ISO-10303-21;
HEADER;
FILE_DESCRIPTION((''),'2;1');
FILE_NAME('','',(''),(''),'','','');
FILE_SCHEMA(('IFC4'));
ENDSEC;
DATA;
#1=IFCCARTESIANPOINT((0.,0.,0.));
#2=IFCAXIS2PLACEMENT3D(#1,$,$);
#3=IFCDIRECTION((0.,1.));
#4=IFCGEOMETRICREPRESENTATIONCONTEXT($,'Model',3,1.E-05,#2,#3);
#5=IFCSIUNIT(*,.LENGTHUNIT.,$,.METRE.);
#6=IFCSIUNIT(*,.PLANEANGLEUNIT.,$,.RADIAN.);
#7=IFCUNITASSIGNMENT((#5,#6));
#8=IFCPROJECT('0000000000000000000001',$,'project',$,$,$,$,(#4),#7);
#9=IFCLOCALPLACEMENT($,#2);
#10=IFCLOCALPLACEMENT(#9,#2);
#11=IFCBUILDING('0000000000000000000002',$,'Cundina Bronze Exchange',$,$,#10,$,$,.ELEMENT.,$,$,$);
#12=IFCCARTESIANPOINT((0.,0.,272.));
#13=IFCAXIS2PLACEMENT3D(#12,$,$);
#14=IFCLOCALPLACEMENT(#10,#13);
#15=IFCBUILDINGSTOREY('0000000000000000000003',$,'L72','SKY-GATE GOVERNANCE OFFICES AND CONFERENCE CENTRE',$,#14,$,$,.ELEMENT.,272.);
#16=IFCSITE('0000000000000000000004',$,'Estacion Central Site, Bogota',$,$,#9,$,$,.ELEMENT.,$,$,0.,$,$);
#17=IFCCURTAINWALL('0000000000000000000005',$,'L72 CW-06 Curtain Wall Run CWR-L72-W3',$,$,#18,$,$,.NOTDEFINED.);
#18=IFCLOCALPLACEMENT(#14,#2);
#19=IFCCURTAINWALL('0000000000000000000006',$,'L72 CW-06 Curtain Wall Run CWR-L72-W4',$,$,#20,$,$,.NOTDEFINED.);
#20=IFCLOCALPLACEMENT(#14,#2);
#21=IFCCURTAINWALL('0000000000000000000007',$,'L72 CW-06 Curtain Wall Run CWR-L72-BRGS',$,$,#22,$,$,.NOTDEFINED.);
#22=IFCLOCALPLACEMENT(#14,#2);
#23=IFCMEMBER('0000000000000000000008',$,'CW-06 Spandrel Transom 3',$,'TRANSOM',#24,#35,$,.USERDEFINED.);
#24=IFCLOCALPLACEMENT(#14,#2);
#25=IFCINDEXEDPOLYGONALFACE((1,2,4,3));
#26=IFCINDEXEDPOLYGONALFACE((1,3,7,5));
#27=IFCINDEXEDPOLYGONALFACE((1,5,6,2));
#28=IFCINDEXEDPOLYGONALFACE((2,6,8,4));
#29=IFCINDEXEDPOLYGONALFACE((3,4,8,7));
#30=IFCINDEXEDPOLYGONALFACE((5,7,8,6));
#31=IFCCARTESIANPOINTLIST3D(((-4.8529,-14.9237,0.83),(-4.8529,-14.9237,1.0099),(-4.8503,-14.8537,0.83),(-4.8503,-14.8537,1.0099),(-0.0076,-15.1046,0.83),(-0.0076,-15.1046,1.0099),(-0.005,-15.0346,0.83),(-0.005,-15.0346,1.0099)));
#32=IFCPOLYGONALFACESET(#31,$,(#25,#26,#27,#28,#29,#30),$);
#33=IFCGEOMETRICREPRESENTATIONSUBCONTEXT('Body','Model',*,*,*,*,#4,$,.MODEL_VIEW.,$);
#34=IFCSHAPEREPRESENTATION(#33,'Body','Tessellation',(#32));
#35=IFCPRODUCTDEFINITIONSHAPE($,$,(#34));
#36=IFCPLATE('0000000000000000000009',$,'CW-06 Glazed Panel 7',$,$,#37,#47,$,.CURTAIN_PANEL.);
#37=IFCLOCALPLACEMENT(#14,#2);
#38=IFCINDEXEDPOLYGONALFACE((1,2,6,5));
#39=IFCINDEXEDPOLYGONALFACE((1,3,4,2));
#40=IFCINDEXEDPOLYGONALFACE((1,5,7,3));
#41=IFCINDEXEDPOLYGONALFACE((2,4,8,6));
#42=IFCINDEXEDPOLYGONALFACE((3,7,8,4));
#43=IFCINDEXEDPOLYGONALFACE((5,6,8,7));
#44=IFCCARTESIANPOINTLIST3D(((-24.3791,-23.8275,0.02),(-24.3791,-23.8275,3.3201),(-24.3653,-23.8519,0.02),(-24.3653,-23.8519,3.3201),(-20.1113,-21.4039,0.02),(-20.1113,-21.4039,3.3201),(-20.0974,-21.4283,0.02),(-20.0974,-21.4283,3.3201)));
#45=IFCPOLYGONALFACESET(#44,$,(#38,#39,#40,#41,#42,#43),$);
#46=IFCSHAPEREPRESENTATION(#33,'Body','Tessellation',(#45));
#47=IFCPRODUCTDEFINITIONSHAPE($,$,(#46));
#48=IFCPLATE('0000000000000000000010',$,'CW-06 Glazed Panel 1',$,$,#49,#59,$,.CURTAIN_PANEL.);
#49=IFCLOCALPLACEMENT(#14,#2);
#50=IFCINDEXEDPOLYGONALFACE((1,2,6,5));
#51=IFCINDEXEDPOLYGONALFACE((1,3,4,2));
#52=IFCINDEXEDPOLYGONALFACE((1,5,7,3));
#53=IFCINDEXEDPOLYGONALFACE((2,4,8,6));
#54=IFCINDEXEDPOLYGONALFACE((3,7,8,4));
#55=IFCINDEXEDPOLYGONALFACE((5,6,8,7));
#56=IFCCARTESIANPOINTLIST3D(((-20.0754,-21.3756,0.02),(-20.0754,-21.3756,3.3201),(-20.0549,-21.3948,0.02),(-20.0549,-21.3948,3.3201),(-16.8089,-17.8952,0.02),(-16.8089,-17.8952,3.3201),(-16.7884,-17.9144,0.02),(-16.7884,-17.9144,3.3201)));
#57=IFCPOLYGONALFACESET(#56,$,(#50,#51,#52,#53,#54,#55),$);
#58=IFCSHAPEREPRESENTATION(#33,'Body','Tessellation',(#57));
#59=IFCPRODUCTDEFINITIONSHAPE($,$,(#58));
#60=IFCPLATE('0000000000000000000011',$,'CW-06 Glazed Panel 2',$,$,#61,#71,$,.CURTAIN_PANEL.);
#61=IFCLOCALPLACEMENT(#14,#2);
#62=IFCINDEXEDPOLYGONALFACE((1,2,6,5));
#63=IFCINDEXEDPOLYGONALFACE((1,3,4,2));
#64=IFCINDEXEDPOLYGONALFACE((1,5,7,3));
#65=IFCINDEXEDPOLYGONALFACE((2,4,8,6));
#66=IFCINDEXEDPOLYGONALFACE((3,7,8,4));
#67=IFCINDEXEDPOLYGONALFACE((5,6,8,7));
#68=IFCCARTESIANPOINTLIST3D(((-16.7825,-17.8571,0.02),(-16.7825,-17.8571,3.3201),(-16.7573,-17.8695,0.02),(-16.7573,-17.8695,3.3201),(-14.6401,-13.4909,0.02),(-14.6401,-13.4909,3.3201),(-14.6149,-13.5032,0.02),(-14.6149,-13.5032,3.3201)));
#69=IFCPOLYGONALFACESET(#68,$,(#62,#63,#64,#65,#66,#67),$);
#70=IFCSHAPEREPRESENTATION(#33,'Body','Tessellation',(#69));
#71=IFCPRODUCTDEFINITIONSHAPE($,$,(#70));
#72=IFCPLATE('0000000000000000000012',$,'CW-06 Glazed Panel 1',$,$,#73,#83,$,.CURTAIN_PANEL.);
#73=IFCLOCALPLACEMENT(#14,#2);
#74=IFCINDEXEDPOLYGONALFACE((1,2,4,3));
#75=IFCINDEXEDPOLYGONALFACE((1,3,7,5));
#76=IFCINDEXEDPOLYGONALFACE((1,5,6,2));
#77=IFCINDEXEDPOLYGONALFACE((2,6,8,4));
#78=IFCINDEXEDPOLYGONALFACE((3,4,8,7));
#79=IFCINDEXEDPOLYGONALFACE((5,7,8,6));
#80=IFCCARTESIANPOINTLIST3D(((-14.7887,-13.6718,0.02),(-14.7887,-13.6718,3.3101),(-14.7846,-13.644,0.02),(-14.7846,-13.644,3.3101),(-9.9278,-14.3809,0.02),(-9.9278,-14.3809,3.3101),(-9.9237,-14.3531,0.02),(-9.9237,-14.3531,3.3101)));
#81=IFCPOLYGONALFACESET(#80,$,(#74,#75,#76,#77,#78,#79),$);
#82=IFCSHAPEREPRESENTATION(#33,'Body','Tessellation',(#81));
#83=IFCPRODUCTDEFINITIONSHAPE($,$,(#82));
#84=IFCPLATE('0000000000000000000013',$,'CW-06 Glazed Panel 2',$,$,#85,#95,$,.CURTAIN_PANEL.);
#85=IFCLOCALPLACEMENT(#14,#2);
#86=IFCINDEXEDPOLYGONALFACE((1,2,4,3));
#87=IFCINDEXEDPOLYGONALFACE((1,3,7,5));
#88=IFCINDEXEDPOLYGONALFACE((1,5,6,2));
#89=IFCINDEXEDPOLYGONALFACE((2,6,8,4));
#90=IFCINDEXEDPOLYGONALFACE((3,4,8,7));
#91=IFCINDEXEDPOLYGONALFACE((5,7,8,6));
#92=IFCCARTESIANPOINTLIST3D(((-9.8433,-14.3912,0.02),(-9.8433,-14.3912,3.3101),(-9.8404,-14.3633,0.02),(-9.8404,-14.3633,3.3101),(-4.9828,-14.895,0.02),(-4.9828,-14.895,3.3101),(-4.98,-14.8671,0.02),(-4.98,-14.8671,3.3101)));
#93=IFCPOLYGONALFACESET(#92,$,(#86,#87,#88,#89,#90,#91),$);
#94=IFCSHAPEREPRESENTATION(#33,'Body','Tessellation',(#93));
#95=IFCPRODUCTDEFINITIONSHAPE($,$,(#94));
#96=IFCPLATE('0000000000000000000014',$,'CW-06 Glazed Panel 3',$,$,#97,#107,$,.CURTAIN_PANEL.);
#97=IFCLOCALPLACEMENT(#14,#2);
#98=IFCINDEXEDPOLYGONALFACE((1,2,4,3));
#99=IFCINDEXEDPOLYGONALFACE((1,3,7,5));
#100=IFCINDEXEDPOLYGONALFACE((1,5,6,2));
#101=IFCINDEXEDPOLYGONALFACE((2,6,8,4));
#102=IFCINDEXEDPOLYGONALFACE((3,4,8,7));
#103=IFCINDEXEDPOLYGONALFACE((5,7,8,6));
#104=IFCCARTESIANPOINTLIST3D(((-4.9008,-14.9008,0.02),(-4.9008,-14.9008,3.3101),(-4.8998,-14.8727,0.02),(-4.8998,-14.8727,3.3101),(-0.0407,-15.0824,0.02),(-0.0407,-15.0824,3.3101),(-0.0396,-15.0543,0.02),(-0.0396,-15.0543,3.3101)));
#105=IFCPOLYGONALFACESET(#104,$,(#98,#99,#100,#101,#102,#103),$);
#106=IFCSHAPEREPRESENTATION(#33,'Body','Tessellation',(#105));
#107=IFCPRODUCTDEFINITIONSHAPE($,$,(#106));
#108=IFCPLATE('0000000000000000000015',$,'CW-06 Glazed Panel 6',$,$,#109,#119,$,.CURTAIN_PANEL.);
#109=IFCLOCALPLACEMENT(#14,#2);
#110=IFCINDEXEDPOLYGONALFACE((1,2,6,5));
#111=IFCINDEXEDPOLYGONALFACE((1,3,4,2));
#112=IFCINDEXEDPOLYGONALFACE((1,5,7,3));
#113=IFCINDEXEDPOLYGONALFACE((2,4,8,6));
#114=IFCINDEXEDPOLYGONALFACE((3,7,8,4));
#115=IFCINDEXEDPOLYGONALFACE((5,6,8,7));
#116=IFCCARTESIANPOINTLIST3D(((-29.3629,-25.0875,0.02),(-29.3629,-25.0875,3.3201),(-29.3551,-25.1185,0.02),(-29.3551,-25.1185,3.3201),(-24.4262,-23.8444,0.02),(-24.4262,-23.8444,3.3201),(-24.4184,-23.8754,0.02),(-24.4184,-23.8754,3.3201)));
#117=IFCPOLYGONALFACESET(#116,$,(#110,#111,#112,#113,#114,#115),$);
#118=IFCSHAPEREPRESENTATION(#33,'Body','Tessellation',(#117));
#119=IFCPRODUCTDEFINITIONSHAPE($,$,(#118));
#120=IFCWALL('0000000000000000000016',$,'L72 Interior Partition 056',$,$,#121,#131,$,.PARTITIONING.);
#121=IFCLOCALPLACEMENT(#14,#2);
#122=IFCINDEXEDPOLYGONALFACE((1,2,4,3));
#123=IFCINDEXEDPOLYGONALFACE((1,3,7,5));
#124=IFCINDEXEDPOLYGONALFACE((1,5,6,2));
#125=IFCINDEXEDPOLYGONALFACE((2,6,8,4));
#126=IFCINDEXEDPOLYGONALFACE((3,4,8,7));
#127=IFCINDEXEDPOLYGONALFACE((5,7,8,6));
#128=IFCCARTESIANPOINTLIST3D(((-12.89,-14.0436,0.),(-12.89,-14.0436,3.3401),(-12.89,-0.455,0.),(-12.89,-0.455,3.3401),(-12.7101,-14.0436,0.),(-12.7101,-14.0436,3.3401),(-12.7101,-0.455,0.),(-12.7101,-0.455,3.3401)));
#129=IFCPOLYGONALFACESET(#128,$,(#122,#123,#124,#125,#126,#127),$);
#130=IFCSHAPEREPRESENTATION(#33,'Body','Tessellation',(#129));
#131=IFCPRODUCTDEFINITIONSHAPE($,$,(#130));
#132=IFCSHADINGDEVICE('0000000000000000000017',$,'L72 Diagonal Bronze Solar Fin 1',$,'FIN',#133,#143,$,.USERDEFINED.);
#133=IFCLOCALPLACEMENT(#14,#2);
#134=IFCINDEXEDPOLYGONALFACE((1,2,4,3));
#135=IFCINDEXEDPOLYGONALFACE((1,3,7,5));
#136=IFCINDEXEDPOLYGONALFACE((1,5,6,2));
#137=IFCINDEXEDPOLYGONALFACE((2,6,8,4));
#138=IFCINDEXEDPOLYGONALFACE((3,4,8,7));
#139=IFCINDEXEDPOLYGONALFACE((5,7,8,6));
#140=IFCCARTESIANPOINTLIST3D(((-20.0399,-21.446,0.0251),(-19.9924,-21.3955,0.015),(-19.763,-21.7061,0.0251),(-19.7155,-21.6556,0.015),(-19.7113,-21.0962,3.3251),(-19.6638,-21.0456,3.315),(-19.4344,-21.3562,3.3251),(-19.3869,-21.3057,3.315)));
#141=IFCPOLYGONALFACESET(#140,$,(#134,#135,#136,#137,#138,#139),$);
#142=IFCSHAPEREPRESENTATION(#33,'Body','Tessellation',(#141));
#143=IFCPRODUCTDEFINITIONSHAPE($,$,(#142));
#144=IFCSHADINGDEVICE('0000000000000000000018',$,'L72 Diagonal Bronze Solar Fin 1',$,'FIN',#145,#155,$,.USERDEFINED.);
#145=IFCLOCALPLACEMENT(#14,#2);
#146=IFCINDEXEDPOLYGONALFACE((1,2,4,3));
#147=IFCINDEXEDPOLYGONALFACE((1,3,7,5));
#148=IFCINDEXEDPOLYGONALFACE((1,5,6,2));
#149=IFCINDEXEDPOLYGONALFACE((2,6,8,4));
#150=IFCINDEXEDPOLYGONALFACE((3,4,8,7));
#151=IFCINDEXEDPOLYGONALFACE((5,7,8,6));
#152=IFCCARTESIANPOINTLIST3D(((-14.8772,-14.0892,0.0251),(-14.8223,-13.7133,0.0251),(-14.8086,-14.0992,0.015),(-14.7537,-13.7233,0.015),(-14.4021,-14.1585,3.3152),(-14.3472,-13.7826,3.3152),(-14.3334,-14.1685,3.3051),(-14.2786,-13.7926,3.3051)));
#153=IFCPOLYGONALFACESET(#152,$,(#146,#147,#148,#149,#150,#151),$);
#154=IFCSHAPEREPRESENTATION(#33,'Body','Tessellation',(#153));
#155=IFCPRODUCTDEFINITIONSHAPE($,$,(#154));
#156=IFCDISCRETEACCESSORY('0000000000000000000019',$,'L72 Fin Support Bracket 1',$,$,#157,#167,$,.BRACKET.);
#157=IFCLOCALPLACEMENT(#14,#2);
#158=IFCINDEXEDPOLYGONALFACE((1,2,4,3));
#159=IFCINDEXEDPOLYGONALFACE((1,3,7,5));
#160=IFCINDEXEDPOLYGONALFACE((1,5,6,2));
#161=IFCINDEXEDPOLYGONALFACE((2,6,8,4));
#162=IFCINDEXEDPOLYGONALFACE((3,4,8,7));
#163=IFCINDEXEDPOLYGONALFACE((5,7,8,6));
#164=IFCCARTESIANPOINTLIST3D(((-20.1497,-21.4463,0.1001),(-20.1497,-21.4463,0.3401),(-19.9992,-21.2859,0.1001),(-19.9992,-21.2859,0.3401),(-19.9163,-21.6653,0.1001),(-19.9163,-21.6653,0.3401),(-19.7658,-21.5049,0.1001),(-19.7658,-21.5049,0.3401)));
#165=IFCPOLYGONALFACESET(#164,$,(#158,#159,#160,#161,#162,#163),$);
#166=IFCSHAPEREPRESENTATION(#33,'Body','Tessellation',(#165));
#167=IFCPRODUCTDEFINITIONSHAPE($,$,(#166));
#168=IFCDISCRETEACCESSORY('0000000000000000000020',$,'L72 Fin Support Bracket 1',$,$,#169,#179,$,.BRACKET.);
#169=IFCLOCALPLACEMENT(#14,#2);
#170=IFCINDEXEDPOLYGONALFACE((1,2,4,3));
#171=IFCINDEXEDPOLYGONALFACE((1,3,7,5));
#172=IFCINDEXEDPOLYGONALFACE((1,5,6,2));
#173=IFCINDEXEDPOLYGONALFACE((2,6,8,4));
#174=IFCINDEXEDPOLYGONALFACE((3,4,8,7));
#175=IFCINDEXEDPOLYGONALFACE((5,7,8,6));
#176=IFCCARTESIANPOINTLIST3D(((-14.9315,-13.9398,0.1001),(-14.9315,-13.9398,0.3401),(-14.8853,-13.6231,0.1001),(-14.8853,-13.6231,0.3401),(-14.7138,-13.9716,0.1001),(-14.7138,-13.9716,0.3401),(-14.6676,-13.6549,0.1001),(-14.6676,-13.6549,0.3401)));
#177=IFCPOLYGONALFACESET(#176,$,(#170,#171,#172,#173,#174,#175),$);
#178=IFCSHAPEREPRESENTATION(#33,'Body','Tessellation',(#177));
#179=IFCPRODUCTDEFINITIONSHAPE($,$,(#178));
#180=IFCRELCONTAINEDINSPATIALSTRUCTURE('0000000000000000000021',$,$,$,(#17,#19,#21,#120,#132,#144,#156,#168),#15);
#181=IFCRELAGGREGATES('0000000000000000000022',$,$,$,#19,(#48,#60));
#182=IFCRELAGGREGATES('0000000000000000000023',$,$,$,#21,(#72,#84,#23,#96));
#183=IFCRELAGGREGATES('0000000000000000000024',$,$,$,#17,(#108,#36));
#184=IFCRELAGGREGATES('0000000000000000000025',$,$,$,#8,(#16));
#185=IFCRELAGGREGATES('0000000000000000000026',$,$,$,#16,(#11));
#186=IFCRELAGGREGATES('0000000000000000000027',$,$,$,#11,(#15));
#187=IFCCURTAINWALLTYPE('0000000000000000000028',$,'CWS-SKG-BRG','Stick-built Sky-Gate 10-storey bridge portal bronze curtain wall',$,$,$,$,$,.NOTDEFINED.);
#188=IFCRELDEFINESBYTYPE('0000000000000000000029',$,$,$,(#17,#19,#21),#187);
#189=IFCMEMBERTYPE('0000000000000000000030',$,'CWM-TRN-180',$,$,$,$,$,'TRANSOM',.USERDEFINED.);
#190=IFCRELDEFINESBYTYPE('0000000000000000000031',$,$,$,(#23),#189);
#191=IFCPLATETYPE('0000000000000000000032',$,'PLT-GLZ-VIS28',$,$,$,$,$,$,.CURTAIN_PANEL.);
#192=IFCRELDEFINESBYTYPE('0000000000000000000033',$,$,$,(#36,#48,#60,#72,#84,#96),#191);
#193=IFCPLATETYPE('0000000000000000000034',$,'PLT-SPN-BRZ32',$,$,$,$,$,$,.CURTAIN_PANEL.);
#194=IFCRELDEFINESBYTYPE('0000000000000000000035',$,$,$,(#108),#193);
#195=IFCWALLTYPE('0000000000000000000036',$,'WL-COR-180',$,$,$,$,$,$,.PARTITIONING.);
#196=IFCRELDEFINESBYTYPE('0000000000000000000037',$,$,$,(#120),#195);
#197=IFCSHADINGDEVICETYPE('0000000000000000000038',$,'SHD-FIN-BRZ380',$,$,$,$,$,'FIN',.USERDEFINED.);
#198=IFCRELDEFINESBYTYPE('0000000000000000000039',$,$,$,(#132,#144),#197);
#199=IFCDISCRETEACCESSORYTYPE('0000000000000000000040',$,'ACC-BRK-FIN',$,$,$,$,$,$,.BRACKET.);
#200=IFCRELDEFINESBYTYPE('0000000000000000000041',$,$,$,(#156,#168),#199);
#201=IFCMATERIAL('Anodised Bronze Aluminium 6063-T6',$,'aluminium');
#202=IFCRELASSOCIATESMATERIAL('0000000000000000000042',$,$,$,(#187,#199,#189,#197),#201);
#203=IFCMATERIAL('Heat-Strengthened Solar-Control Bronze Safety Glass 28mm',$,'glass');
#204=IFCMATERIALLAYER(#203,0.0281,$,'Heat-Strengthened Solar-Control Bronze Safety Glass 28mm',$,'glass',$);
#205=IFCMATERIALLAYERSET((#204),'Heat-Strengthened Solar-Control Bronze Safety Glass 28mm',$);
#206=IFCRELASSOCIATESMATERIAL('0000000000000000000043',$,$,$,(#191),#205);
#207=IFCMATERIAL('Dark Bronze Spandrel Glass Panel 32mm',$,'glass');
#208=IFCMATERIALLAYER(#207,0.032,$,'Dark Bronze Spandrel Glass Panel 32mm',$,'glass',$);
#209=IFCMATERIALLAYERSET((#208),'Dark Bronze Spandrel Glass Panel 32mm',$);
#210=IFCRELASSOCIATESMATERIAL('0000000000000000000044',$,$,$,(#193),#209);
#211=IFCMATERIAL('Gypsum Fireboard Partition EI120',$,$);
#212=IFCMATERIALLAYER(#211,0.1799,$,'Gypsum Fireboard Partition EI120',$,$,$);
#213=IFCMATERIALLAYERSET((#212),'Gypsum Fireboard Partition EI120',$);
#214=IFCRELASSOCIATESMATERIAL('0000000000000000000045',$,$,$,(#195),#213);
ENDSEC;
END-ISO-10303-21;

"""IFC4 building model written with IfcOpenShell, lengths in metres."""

from ifc_helpers import new_model, si_unit, direction, frame, frame_2d, origin, origin_2d, place, context, subcontext, project, spatial, rectangle, extrude, material, layer, layer_set, material_profile, profile_set, type_object, element, aggregate, save


model = new_model("IFC4")

# Units and contexts
model_context = context("Model", 3, precision=1e-05, world=origin(), true_north=direction((0.0, 1.0)))
body_context = subcontext(model_context, "Body", "Model", "MODEL_VIEW")
ifc_project = project(units=[si_unit("LENGTHUNIT", "METRE"), si_unit("PLANEANGLEUNIT", "RADIAN")], contexts=[model_context])

# Site, building, storey
site_placement = place(None, origin())
site = spatial("IfcSite", under=ifc_project, at=site_placement, Name="Estacion Central Site, Bogota", CompositionType="ELEMENT", RefElevation=0.0)
building_placement = place(site_placement, origin())
building = spatial("IfcBuilding", under=site, at=building_placement, Name="Cundina Bronze Exchange", CompositionType="ELEMENT")
storey_placement = place(building_placement, frame((0.0, 0.0, 272.0)))
storey = spatial("IfcBuildingStorey", under=building, at=storey_placement, Name="L72", Description="SKY-GATE GOVERNANCE OFFICES AND CONFERENCE CENTRE", CompositionType="ELEMENT", Elevation=272.0)

# Curtain walls
ifc_material_1 = material(Name="Anodised Bronze Aluminium 6063-T6", Category="aluminium")
curtain_wall_type = type_object("IfcCurtainWallType", Name="CWS-SKG-BRG", Description="Stick-built Sky-Gate 10-storey bridge portal bronze curtain wall", PredefinedType="NOTDEFINED", material=ifc_material_1)
curtain_wall_1_placement = place(storey_placement, origin())
curtain_wall_1 = element("IfcCurtainWall", 1, at=curtain_wall_1_placement, inside=storey, type_object=curtain_wall_type, Name="L72 CW-06 Curtain Wall Run CWR-L72-W3", PredefinedType="NOTDEFINED")
curtain_wall_2_placement = place(storey_placement, origin())
curtain_wall_2 = element("IfcCurtainWall", 2, at=curtain_wall_2_placement, inside=storey, type_object=curtain_wall_type, Name="L72 CW-06 Curtain Wall Run CWR-L72-W4", PredefinedType="NOTDEFINED")
curtain_wall_3_placement = place(storey_placement, origin())
curtain_wall_3 = element("IfcCurtainWall", 3, at=curtain_wall_3_placement, inside=storey, type_object=curtain_wall_type, Name="L72 CW-06 Curtain Wall Run CWR-L72-BRGS", PredefinedType="NOTDEFINED")

# Member
ifc_material_profile_1 = material_profile(ifc_material_1, rectangle(XDim=0.0701, YDim=0.1799, at=origin_2d()), Name="AL70X180", Category="aluminium")
ifc_profile_set_1 = profile_set([ifc_material_profile_1], Name="Anodised Bronze Aluminium 6063-T6")
member_type_1 = type_object("IfcMemberType", Name="CWM-TRN-180", ElementType="TRANSOM", PredefinedType="USERDEFINED", material=ifc_profile_set_1)
member_1_placement = place(storey_placement, frame((-4.8516, -14.8887, 0.9199), z_axis=(0.999304, -0.037312, 0.0), x_axis=(0.037312, 0.999304, 0.0)))
member_1 = element("IfcMember", 4, at=member_1_placement, type_object=member_type_1, Name="CW-06 Spandrel Transom 3", ObjectType="TRANSOM", PredefinedType="USERDEFINED", context=body_context, shape_type="SweptSolid", body=[
    extrude(rectangle(XDim=0.0701, YDim=0.1799, at=origin_2d()), origin(), (0.0, 0.0, 1.0), 4.8486),
])

# Plates
ifc_material_2 = material(Name="Heat-Strengthened Solar-Control Bronze Safety Glass 28mm", Category="glass")
ifc_layer_1 = layer(ifc_material_2, 0.0281, Name="Heat-Strengthened Solar-Control Bronze Safety Glass 28mm", Category="glass")
ifc_layer_set_1 = layer_set([ifc_layer_1], Name="Heat-Strengthened Solar-Control Bronze Safety Glass 28mm")
plate_type_1 = type_object("IfcPlateType", Name="PLT-GLZ-VIS28", PredefinedType="CURTAIN_PANEL", material=ifc_layer_set_1)
plate_1_placement = place(storey_placement, frame((-22.2383, -22.6279, 0.02), z_axis=(0.0, 0.0, 1.0), x_axis=(0.869573, 0.493805, 0.0)))
plate_1 = element("IfcPlate", 5, at=plate_1_placement, type_object=plate_type_1, Name="CW-06 Glazed Panel 7", PredefinedType="CURTAIN_PANEL", context=body_context, shape_type="SweptSolid", body=[
    extrude(rectangle(XDim=4.908, YDim=0.0281, at=origin_2d()), origin(), (0.0, 0.0, 1.0), 3.3),
])
plate_2_placement = place(storey_placement, frame((-18.4319, -19.645, 0.02), z_axis=(0.0, 0.0, 1.0), x_axis=(0.684344, 0.72916, 0.0)))
plate_2 = element("IfcPlate", 6, at=plate_2_placement, type_object=plate_type_1, Name="CW-06 Glazed Panel 1", PredefinedType="CURTAIN_PANEL", context=body_context, shape_type="SweptSolid", body=[
    extrude(rectangle(XDim=4.7732, YDim=0.0281, at=origin_2d()), origin(), (0.0, 0.0, 1.0), 3.3),
])
plate_3_placement = place(storey_placement, frame((-15.6987, -15.6802, 0.02), z_axis=(0.0, 0.0, 1.0), x_axis=(0.440503, 0.897751, 0.0)))
plate_3 = element("IfcPlate", 7, at=plate_3_placement, type_object=plate_type_1, Name="CW-06 Glazed Panel 2", PredefinedType="CURTAIN_PANEL", context=body_context, shape_type="SweptSolid", body=[
    extrude(rectangle(XDim=4.8635, YDim=0.0281, at=origin_2d()), origin(), (0.0, 0.0, 1.0), 3.3),
])
aggregate(curtain_wall_2, [plate_2, plate_3])
plate_4_placement = place(storey_placement, frame((-12.3562, -14.0125, 0.02), z_axis=(0.0, 0.0, 1.0), x_axis=(0.989528, -0.144339, 0.0)))
plate_4 = element("IfcPlate", 8, at=plate_4_placement, type_object=plate_type_1, Name="CW-06 Glazed Panel 1", PredefinedType="CURTAIN_PANEL", context=body_context, shape_type="SweptSolid", body=[
    extrude(rectangle(XDim=4.9124, YDim=0.0281, at=origin_2d()), origin(), (0.0, 0.0, 1.0), 3.29),
])
plate_5_placement = place(storey_placement, frame((-7.4116, -14.6292, 0.02), z_axis=(0.0, 0.0, 1.0), x_axis=(0.994672, -0.103088, 0.0)))
plate_5 = element("IfcPlate", 9, at=plate_5_placement, type_object=plate_type_1, Name="CW-06 Glazed Panel 2", PredefinedType="CURTAIN_PANEL", context=body_context, shape_type="SweptSolid", body=[
    extrude(rectangle(XDim=4.8865, YDim=0.0281, at=origin_2d()), origin(), (0.0, 0.0, 1.0), 3.29),
])
plate_6_placement = place(storey_placement, frame((-2.4702, -14.9775, 0.02), z_axis=(0.0, 0.0, 1.0), x_axis=(0.999303, -0.037341, 0.0)))
plate_6 = element("IfcPlate", 10, at=plate_6_placement, type_object=plate_type_1, Name="CW-06 Glazed Panel 3", PredefinedType="CURTAIN_PANEL", context=body_context, shape_type="SweptSolid", body=[
    extrude(rectangle(XDim=4.8635, YDim=0.0281, at=origin_2d()), origin(), (0.0, 0.0, 1.0), 3.29),
])
aggregate(curtain_wall_3, [plate_4, plate_5, member_1, plate_6])
ifc_material_3 = material(Name="Dark Bronze Spandrel Glass Panel 32mm", Category="glass")
ifc_layer_2 = layer(ifc_material_3, 0.032, Name="Dark Bronze Spandrel Glass Panel 32mm", Category="glass")
ifc_layer_set_2 = layer_set([ifc_layer_2], Name="Dark Bronze Spandrel Glass Panel 32mm")
plate_type_2 = type_object("IfcPlateType", Name="PLT-SPN-BRZ32", PredefinedType="CURTAIN_PANEL", material=ifc_layer_set_2)
plate_7_placement = place(storey_placement, frame((-26.8906, -24.4814, 0.02), z_axis=(0.0, 0.0, 1.0), x_axis=(0.969732, 0.244174, 0.0)))
plate_7 = element("IfcPlate", 11, at=plate_7_placement, type_object=plate_type_2, Name="CW-06 Glazed Panel 6", PredefinedType="CURTAIN_PANEL", context=body_context, shape_type="SweptSolid", body=[
    extrude(rectangle(XDim=5.0908, YDim=0.032, at=origin_2d()), origin(), (0.0, 0.0, 1.0), 3.3),
])
aggregate(curtain_wall_1, [plate_7, plate_1])

# Wall
ifc_material_4 = material(Name="Gypsum Fireboard Partition EI120")
ifc_layer_3 = layer(ifc_material_4, 0.1799, Name="Gypsum Fireboard Partition EI120")
ifc_layer_set_3 = layer_set([ifc_layer_3], Name="Gypsum Fireboard Partition EI120")
wall_type = type_object("IfcWallType", Name="WL-COR-180", PredefinedType="PARTITIONING", material=ifc_layer_set_3)
wall_placement = place(storey_placement, frame((-12.8, -14.0437, 0.0), z_axis=(0.0, 0.0, 1.0), x_axis=(0.0, 1.0, 0.0)))
element("IfcWall", 12, at=wall_placement, inside=storey, type_object=wall_type, Name="L72 Interior Partition 056", PredefinedType="PARTITIONING", context=body_context, shape_type="SweptSolid", body=[
    extrude(rectangle(XDim=13.5886, YDim=0.1799, at=frame_2d((6.7944, 0.0))), origin(), (0.0, 0.0, 1.0), 3.3401),
])

# Shading devices
ifc_material_profile_2 = material_profile(ifc_material_1, rectangle(XDim=0.0701, YDim=0.3799, at=origin_2d()), Name="FIN70X380", Category="aluminium")
ifc_profile_set_2 = profile_set([ifc_material_profile_2], Name="Anodised Bronze Aluminium 6063-T6")
shading_device_type = type_object("IfcShadingDeviceType", Name="SHD-FIN-BRZ380", ElementType="FIN", PredefinedType="USERDEFINED", material=ifc_profile_set_2)
shading_device_1_placement = place(storey_placement, frame((-19.8777, -21.5508, 0.02), z_axis=(0.098541, 0.104911, 0.989587), x_axis=(-0.677506, -0.721297, 0.143933)))
element("IfcShadingDevice", 13, at=shading_device_1_placement, inside=storey, type_object=shading_device_type, Name="L72 Diagonal Bronze Solar Fin 1", ObjectType="FIN", PredefinedType="USERDEFINED", context=body_context, shape_type="SweptSolid", body=[
    extrude(rectangle(XDim=0.0701, YDim=0.3799, at=origin_2d()), origin(), (0.0, 0.0, 1.0), 3.3347),
])
shading_device_2_placement = place(storey_placement, frame((-14.8154, -13.9062, 0.02), z_axis=(0.142891, -0.020854, 0.989519), x_axis=(-0.979146, 0.142897, 0.144405)))
element("IfcShadingDevice", 14, at=shading_device_2_placement, inside=storey, type_object=shading_device_type, Name="L72 Diagonal Bronze Solar Fin 1", ObjectType="FIN", PredefinedType="USERDEFINED", context=body_context, shape_type="SweptSolid", body=[
    extrude(rectangle(XDim=0.0701, YDim=0.3799, at=origin_2d()), origin(), (0.0, 0.0, 1.0), 3.325),
])

# Discrete accessories
discrete_accessory_type = type_object("IfcDiscreteAccessoryType", Name="ACC-BRK-FIN", PredefinedType="BRACKET", material=ifc_material_1)
for number, where, z_axis, x_axis, name in (
    (15, (-19.9578, -21.4756, 0.1001), (0.0, 0.0, 1.0), (0.684344, 0.72916, 0.0), "L72 Fin Support Bracket 1"),
    (16, (-14.7996, -13.7974, 0.1001), (0.0, 0.0, 1.0), (0.989528, -0.144339, 0.0), "L72 Fin Support Bracket 1"),
):
    element("IfcDiscreteAccessory", number, at=place(storey_placement, frame(where, z_axis=z_axis, x_axis=x_axis)), inside=storey, type_object=discrete_accessory_type, Name=name, PredefinedType="BRACKET", context=body_context, shape_type="SweptSolid", body=[
        extrude(rectangle(XDim=0.22, YDim=0.3201, at=origin_2d()), origin(), (0.0, 0.0, 1.0), 0.24),
    ])

save(model, "model.ifc")
